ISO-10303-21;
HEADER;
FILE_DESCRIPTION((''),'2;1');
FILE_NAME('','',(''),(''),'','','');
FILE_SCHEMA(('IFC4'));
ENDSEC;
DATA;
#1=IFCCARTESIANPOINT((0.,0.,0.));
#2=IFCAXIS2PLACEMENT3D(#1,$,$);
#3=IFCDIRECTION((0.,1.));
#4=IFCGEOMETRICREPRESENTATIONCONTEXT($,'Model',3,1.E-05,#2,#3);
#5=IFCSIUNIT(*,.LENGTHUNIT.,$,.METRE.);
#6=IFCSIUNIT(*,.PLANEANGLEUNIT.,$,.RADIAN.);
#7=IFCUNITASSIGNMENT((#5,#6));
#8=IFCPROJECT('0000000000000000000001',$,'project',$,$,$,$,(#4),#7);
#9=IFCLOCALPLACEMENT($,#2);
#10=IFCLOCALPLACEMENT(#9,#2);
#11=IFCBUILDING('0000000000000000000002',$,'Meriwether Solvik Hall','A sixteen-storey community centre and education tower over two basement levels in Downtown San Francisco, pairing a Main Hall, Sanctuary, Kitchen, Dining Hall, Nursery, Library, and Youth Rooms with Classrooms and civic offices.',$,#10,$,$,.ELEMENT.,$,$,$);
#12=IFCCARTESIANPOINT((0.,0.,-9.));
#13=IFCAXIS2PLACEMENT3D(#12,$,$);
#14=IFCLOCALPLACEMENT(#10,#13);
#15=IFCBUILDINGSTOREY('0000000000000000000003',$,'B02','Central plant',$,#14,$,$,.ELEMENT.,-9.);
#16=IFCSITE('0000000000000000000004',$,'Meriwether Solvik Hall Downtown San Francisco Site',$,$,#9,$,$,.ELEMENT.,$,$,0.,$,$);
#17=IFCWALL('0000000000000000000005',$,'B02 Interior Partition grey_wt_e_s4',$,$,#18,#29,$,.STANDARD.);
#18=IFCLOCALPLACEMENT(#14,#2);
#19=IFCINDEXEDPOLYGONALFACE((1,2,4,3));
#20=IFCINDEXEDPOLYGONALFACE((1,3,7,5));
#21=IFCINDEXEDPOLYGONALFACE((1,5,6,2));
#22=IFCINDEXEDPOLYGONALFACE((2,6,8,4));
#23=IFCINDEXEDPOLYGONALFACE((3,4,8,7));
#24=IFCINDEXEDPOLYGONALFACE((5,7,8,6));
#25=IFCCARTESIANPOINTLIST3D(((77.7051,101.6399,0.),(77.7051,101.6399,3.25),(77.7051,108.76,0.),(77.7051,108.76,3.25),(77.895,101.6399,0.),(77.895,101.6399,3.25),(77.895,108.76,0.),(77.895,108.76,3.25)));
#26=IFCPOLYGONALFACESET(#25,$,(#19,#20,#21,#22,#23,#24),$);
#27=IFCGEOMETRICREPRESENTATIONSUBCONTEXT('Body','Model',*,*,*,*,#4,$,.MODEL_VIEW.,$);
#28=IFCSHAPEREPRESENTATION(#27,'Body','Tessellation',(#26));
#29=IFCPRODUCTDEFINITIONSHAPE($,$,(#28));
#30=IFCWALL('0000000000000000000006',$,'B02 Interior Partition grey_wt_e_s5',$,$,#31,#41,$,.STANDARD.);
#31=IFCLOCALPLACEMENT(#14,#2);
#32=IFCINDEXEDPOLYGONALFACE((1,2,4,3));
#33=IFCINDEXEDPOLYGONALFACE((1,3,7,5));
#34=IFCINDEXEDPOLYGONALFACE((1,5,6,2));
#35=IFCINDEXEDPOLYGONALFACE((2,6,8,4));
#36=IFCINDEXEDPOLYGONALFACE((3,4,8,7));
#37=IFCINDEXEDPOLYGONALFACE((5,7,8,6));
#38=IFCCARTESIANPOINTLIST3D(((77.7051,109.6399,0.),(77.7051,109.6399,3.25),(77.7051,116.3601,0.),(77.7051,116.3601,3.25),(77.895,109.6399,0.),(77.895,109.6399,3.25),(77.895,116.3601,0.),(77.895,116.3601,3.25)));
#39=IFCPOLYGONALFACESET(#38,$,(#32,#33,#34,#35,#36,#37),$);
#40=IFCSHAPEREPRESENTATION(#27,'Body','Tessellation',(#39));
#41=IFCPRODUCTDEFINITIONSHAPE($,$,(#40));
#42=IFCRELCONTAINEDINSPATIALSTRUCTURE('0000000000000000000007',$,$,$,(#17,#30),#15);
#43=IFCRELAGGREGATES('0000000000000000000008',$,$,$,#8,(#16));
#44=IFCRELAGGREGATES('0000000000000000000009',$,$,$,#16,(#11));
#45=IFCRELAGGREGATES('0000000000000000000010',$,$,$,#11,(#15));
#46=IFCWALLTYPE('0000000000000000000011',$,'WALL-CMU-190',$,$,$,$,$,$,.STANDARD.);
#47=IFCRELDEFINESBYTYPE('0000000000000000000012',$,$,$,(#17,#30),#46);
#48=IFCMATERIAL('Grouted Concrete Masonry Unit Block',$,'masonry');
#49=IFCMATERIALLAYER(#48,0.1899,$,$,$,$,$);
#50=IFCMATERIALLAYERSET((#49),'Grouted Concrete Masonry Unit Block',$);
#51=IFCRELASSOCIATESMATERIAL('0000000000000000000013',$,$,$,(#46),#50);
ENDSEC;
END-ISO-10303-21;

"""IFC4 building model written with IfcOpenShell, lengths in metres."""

from ifc_helpers import new_model, si_unit, direction, frame, frame_2d, origin, place, context, subcontext, project, spatial, rectangle, extrude, material, layer, layer_set, type_object, element, save


model = new_model("IFC4")

# Units and contexts
model_context = context("Model", 3, precision=1e-05, world=origin(), true_north=direction((0.0, 1.0)))
body_context = subcontext(model_context, "Body", "Model", "MODEL_VIEW")
ifc_project = project(units=[si_unit("LENGTHUNIT", "METRE"), si_unit("PLANEANGLEUNIT", "RADIAN")], contexts=[model_context])

# Site, building, storey
site_placement = place(None, origin())
site = spatial("IfcSite", under=ifc_project, at=site_placement, Name="Meriwether Solvik Hall Downtown San Francisco Site", CompositionType="ELEMENT", RefElevation=0.0)
building_placement = place(site_placement, origin())
building = spatial("IfcBuilding", under=site, at=building_placement, Name="Meriwether Solvik Hall", Description="A sixteen-storey community centre and education tower over two basement levels in Downtown San Francisco, pairing a Main Hall, Sanctuary, Kitchen, Dining Hall, Nursery, Library, and Youth Rooms with Classrooms and civic offices.", CompositionType="ELEMENT")
storey_placement = place(building_placement, frame((0.0, 0.0, -9.0)))
storey = spatial("IfcBuildingStorey", under=building, at=storey_placement, Name="B02", Description="Central plant", CompositionType="ELEMENT", Elevation=-9.0)

# Walls
ifc_material_1 = material(Name="Grouted Concrete Masonry Unit Block", Category="masonry")
ifc_layer_1 = layer(ifc_material_1, 0.1899)
ifc_layer_set_1 = layer_set([ifc_layer_1], Name="Grouted Concrete Masonry Unit Block")
wall_type = type_object("IfcWallType", Name="WALL-CMU-190", PredefinedType="STANDARD", material=ifc_layer_set_1)
wall_1_placement = place(storey_placement, frame((77.8, 101.6399, 0.0), z_axis=(0.0, 0.0, 1.0), x_axis=(0.0, 1.0, 0.0)))
element("IfcWall", 1, at=wall_1_placement, inside=storey, type_object=wall_type, Name="B02 Interior Partition grey_wt_e_s4", PredefinedType="STANDARD", context=body_context, shape_type="SweptSolid", body=[
    extrude(rectangle(XDim=7.1201, YDim=0.1899, at=frame_2d((3.5601, 0.0))), origin(), (0.0, 0.0, 1.0), 3.25),
])
wall_2_placement = place(storey_placement, frame((77.8, 109.6399, 0.0), z_axis=(0.0, 0.0, 1.0), x_axis=(0.0, 1.0, 0.0)))
element("IfcWall", 2, at=wall_2_placement, inside=storey, type_object=wall_type, Name="B02 Interior Partition grey_wt_e_s5", PredefinedType="STANDARD", context=body_context, shape_type="SweptSolid", body=[
    extrude(rectangle(XDim=6.7202, YDim=0.1899, at=frame_2d((3.3601, 0.0))), origin(), (0.0, 0.0, 1.0), 3.25),
])

save(model, "model.ifc")
